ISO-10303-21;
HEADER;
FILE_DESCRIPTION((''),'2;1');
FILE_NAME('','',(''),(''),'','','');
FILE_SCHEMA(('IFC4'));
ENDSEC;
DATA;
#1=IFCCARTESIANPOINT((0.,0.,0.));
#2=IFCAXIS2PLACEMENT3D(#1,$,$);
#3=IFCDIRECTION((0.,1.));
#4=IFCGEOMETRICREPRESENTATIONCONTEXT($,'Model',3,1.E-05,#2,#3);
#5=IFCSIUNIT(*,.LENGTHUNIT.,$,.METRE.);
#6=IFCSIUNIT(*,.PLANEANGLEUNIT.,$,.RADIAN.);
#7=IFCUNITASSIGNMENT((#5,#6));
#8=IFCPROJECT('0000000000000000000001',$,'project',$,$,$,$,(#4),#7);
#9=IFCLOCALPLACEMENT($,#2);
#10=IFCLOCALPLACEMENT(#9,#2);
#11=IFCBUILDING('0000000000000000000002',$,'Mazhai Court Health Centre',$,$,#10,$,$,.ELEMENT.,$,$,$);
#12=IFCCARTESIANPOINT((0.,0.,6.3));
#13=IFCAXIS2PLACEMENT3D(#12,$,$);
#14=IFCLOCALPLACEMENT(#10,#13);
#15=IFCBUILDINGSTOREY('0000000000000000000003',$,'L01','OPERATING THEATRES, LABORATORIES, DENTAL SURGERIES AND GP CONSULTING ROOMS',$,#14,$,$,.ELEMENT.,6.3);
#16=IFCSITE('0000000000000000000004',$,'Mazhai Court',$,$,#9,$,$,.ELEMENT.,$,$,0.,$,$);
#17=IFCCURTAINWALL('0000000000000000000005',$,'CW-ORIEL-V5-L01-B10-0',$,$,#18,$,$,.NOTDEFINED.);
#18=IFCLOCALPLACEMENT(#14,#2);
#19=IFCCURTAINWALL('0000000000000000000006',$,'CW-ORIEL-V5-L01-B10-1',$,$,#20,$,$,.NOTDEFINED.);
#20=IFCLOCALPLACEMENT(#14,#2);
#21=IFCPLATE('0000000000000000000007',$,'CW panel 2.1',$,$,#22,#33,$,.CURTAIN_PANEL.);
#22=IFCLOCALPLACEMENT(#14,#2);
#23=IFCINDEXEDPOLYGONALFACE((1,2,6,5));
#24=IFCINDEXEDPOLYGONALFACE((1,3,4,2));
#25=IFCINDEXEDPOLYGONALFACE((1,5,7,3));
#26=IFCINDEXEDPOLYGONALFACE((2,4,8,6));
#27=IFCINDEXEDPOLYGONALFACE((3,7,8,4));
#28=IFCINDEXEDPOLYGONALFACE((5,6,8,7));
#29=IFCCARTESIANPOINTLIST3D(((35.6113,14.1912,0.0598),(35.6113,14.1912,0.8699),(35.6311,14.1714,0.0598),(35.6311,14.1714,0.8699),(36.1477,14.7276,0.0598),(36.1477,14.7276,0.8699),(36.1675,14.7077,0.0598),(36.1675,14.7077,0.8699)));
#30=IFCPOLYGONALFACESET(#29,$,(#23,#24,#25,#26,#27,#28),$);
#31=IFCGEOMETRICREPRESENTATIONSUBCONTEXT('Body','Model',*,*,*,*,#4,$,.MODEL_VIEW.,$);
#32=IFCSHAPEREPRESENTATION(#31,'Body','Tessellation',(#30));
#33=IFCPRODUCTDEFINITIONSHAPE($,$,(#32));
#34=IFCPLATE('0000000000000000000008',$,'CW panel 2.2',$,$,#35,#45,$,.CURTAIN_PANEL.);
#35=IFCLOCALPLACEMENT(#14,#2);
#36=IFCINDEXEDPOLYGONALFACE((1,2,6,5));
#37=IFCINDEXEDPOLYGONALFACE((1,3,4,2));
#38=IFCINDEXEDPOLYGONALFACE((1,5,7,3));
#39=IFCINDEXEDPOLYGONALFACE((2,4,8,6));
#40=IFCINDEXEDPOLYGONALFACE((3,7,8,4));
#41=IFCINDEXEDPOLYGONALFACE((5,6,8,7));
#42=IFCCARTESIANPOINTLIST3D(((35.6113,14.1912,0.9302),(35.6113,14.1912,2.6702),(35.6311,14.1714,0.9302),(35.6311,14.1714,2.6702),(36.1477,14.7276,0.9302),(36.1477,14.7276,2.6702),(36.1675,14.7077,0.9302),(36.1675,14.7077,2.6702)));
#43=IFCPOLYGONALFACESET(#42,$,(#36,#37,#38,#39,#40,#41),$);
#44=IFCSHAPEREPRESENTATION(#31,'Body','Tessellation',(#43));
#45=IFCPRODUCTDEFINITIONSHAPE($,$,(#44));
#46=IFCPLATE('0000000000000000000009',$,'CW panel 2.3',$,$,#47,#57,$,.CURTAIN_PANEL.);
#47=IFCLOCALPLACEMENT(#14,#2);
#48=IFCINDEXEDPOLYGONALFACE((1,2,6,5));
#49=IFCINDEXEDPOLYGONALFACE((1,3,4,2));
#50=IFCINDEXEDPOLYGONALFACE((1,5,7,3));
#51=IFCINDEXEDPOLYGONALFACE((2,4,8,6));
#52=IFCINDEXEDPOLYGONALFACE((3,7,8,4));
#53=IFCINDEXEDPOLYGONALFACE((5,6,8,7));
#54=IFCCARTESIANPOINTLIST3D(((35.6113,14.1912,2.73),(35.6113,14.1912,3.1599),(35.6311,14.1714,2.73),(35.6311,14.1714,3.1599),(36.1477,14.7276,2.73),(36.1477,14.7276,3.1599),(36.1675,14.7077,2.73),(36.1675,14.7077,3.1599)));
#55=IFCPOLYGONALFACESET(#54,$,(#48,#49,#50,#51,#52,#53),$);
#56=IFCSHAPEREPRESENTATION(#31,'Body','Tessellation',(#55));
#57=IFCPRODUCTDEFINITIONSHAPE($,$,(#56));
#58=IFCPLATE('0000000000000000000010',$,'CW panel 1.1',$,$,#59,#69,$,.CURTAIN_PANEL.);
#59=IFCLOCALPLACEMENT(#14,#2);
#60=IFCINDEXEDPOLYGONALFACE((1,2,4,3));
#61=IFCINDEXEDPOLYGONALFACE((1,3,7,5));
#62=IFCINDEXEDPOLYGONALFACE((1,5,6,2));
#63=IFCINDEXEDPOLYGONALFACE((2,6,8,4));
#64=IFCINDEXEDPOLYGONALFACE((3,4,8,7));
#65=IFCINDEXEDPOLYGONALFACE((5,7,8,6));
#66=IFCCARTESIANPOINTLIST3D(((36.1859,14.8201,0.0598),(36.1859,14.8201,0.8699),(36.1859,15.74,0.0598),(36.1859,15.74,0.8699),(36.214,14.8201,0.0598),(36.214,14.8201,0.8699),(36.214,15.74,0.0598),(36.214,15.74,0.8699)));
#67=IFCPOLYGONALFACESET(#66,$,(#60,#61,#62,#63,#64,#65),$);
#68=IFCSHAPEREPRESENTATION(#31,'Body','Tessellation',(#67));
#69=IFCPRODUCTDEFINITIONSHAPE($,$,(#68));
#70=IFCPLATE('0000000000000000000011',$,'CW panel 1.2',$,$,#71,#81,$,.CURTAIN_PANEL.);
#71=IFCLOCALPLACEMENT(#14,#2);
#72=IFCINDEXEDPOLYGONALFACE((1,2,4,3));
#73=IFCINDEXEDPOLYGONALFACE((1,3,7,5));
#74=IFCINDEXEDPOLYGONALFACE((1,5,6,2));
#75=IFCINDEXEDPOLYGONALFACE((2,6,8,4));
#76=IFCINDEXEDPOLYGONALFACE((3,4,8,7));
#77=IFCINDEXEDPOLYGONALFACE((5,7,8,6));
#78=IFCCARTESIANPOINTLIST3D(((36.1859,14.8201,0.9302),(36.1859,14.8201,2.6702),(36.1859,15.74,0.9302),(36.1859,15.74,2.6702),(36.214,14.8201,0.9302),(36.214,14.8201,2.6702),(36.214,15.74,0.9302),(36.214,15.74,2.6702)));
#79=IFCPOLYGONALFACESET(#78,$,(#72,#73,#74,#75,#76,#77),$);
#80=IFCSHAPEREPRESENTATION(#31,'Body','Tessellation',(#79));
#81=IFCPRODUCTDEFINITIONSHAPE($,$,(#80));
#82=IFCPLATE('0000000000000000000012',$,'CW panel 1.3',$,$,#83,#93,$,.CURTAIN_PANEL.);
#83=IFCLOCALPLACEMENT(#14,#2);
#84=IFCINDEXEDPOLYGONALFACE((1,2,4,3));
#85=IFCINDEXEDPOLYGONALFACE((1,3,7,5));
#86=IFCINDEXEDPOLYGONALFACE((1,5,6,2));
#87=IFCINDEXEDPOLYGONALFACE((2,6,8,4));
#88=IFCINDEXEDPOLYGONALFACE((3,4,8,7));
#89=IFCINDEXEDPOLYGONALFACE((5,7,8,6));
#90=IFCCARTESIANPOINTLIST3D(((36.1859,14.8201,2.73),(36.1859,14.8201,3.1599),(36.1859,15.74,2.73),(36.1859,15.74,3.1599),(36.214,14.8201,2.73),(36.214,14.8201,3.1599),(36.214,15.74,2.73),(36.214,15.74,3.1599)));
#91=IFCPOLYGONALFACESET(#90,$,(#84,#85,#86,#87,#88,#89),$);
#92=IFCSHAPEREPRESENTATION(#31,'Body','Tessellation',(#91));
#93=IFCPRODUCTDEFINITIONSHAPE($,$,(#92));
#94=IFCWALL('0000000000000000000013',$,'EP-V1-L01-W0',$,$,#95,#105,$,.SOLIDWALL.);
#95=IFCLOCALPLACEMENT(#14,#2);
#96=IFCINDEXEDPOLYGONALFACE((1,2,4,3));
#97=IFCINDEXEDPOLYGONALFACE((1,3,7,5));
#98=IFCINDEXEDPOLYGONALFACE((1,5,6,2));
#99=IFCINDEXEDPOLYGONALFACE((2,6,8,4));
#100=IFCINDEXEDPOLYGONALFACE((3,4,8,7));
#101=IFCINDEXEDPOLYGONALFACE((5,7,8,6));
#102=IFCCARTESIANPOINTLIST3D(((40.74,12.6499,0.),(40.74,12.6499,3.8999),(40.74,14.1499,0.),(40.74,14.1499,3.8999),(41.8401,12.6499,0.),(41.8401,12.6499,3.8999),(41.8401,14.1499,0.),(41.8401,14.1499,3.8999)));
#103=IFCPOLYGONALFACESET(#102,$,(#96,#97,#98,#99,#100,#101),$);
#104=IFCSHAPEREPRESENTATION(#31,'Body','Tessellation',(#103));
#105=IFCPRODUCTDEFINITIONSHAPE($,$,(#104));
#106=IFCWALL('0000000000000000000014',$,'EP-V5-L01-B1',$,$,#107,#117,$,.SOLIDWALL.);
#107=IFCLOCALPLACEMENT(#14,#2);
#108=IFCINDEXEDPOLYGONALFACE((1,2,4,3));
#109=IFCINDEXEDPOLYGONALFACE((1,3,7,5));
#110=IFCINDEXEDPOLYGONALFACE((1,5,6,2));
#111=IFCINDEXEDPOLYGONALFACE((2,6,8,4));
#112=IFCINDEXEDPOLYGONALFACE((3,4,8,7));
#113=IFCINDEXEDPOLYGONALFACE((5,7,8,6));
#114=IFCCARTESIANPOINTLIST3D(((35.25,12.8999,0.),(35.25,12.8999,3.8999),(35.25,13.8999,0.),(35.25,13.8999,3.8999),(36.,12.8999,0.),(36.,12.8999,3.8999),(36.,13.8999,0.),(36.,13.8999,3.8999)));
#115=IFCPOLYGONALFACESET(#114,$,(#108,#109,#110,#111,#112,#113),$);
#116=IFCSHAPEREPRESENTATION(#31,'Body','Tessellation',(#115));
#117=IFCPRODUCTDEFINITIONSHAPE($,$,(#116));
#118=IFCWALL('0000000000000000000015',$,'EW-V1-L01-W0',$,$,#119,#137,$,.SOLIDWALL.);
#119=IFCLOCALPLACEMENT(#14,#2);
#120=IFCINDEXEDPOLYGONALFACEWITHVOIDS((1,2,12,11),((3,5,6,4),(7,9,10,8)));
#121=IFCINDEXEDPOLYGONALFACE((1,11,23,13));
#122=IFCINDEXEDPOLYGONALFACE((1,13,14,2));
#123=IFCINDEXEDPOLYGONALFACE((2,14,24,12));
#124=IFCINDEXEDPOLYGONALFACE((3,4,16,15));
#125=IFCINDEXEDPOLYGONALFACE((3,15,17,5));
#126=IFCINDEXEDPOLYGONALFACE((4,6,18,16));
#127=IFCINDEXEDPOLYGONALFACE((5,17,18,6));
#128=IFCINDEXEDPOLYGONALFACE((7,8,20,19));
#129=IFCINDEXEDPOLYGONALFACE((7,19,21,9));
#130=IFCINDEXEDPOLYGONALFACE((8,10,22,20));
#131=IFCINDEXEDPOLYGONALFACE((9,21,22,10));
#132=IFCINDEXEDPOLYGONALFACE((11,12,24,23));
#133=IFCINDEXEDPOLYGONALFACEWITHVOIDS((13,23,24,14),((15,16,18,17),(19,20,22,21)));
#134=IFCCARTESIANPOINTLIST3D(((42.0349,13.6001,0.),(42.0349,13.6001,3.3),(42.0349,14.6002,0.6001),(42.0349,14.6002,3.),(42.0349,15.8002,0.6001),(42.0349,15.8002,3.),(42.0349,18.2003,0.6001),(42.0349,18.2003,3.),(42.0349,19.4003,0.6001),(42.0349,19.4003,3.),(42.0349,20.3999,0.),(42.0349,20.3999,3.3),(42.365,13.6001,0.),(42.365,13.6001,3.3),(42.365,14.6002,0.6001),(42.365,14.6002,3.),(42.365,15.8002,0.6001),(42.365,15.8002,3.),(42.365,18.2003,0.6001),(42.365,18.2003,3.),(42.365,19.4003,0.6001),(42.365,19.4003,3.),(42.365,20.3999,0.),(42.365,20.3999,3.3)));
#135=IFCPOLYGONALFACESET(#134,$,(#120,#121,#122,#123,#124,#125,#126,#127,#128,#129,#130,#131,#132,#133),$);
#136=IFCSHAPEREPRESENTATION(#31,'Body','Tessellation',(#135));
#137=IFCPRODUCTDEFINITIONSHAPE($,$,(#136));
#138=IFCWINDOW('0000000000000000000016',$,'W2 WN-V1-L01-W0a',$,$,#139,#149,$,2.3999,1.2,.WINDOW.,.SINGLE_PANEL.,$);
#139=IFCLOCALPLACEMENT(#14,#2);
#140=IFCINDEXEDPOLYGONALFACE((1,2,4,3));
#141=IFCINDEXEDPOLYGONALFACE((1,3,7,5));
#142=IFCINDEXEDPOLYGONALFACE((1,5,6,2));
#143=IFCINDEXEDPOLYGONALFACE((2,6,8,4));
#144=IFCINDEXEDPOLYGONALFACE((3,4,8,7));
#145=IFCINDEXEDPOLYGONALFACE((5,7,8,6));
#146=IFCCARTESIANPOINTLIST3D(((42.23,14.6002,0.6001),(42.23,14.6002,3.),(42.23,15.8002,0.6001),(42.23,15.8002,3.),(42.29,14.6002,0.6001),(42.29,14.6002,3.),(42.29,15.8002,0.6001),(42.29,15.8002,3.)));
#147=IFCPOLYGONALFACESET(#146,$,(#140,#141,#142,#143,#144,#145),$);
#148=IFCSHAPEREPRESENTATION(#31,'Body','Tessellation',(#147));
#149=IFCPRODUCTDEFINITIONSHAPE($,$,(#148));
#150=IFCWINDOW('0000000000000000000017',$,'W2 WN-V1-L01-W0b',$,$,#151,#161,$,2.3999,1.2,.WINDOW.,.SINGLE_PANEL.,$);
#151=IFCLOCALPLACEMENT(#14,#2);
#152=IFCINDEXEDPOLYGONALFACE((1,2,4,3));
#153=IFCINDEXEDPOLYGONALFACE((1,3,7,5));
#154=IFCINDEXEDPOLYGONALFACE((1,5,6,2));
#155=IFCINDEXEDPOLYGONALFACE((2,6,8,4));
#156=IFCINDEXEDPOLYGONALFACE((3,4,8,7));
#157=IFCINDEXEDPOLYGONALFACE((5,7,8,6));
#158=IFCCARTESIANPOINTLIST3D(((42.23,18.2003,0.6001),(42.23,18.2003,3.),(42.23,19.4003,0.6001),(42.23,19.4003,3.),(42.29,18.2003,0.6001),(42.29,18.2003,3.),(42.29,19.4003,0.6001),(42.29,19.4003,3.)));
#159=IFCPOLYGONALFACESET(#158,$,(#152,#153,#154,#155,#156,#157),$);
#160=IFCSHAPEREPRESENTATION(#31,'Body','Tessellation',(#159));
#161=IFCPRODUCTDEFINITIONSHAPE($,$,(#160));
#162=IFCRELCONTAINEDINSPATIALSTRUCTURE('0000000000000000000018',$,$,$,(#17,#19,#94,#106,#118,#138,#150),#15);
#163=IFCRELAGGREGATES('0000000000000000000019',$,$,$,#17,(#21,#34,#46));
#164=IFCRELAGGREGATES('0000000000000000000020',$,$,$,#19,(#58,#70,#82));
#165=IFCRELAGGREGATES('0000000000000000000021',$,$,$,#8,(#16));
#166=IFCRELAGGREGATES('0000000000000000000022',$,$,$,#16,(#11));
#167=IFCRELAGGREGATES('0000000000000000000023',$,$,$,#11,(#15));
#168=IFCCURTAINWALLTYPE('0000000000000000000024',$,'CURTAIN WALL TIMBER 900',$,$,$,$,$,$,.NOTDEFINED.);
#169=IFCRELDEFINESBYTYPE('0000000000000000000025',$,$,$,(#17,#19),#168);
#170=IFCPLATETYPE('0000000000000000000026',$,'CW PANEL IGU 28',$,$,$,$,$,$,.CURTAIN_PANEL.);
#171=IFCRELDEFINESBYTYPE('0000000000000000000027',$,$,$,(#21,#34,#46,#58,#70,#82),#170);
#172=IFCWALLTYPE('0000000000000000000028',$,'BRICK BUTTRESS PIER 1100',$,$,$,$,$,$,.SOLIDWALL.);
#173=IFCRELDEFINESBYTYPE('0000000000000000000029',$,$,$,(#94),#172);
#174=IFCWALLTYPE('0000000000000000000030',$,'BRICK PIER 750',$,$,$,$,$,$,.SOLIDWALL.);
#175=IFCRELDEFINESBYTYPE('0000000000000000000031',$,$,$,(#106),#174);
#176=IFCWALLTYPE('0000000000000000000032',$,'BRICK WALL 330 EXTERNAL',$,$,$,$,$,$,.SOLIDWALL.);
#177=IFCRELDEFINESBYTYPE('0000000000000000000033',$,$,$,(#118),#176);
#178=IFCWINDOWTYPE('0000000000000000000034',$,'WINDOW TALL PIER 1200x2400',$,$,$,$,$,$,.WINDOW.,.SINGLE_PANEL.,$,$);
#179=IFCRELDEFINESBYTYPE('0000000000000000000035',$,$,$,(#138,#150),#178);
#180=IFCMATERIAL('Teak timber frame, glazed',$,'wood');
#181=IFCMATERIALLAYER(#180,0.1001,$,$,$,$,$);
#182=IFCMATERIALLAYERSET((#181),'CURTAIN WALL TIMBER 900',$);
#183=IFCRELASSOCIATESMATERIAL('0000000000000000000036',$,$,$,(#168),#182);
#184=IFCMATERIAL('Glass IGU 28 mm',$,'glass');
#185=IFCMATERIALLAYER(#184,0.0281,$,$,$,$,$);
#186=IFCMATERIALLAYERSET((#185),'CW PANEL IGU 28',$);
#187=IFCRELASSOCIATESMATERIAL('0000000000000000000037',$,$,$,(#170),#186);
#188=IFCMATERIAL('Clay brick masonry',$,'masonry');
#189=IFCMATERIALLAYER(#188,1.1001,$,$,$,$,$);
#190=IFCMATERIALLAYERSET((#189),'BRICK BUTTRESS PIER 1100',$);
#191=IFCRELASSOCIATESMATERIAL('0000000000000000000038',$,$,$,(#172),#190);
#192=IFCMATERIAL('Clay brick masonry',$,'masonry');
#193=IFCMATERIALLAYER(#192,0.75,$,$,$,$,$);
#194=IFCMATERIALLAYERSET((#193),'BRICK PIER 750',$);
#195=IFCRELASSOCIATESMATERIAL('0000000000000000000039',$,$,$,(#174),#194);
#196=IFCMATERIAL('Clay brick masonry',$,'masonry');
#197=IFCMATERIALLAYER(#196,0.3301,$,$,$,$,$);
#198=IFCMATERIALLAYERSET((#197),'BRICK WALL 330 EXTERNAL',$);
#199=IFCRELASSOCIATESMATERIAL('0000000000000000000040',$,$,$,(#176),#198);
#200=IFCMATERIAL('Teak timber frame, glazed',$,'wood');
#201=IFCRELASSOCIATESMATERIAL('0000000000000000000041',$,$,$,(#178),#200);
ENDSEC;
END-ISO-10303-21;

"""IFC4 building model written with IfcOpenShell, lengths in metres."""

from ifc_helpers import new_model, si_unit, direction, frame, frame_2d, origin, origin_2d, place, context, subcontext, project, spatial, rectangle, extrude, material, layer, layer_set, type_object, element, fill, aggregate, save


model = new_model("IFC4")

# Units and contexts
model_context = context("Model", 3, precision=1e-05, world=origin(), true_north=direction((0.0, 1.0)))
body_context = subcontext(model_context, "Body", "Model", "MODEL_VIEW")
ifc_project = project(units=[si_unit("LENGTHUNIT", "METRE"), si_unit("PLANEANGLEUNIT", "RADIAN")], contexts=[model_context])

# Site, building, storey
site_placement = place(None, origin())
site = spatial("IfcSite", under=ifc_project, at=site_placement, Name="Mazhai Court", CompositionType="ELEMENT", RefElevation=0.0)
building_placement = place(site_placement, origin())
building = spatial("IfcBuilding", under=site, at=building_placement, Name="Mazhai Court Health Centre", CompositionType="ELEMENT")
storey_placement = place(building_placement, frame((0.0, 0.0, 6.3)))
storey = spatial("IfcBuildingStorey", under=building, at=storey_placement, Name="L01", Description="OPERATING THEATRES, LABORATORIES, DENTAL SURGERIES AND GP CONSULTING ROOMS", CompositionType="ELEMENT", Elevation=6.3)

# Curtain wall
ifc_material_1 = material(Name="Teak timber frame, glazed", Category="wood")
ifc_layer_1 = layer(ifc_material_1, 0.1001)
ifc_layer_set_1 = layer_set([ifc_layer_1], Name="CURTAIN WALL TIMBER 900")
curtain_wall_type = type_object("IfcCurtainWallType", Name="CURTAIN WALL TIMBER 900", PredefinedType="NOTDEFINED", material=ifc_layer_set_1)
curtain_wall_1_placement = place(storey_placement, origin())
curtain_wall_1 = element("IfcCurtainWall", 1, at=curtain_wall_1_placement, inside=storey, type_object=curtain_wall_type, Name="CW-ORIEL-V5-L01-B10-0", PredefinedType="NOTDEFINED")

# Curtain wall
curtain_wall_2_placement = place(storey_placement, origin())
curtain_wall_2 = element("IfcCurtainWall", 2, at=curtain_wall_2_placement, inside=storey, type_object=curtain_wall_type, Name="CW-ORIEL-V5-L01-B10-1", PredefinedType="NOTDEFINED")

# Plates
ifc_material_2 = material(Name="Glass IGU 28 mm", Category="glass")
ifc_layer_2 = layer(ifc_material_2, 0.0281)
ifc_layer_set_2 = layer_set([ifc_layer_2], Name="CW PANEL IGU 28")
plate_type = type_object("IfcPlateType", Name="CW PANEL IGU 28", PredefinedType="CURTAIN_PANEL", material=ifc_layer_set_2)
plate_1_placement = place(storey_placement, frame((35.8894, 14.4495, 0.0598), z_axis=(0.0, 0.0, 1.0), x_axis=(0.707107, 0.707107, 0.0)))
plate_1 = element("IfcPlate", 3, at=plate_1_placement, type_object=plate_type, Name="CW panel 2.1", PredefinedType="CURTAIN_PANEL", context=body_context, shape_type="SweptSolid", body=[
    extrude(rectangle(XDim=0.7585, YDim=0.0281, at=origin_2d()), origin(), (0.0, 0.0, 1.0), 0.8101),
])
plate_2_placement = place(storey_placement, frame((35.8894, 14.4495, 0.9302), z_axis=(0.0, 0.0, 1.0), x_axis=(0.707107, 0.707107, 0.0)))
plate_2 = element("IfcPlate", 4, at=plate_2_placement, type_object=plate_type, Name="CW panel 2.2", PredefinedType="CURTAIN_PANEL", context=body_context, shape_type="SweptSolid", body=[
    extrude(rectangle(XDim=0.7585, YDim=0.0281, at=origin_2d()), origin(), (0.0, 0.0, 1.0), 1.74),
])
plate_3_placement = place(storey_placement, frame((35.8894, 14.4495, 2.73), z_axis=(0.0, 0.0, 1.0), x_axis=(0.707107, 0.707107, 0.0)))
plate_3 = element("IfcPlate", 5, at=plate_3_placement, type_object=plate_type, Name="CW panel 2.3", PredefinedType="CURTAIN_PANEL", context=body_context, shape_type="SweptSolid", body=[
    extrude(rectangle(XDim=0.7585, YDim=0.0281, at=origin_2d()), origin(), (0.0, 0.0, 1.0), 0.4299),
])
aggregate(curtain_wall_1, [plate_1, plate_2, plate_3])
plate_4_placement = place(storey_placement, frame((36.2, 15.28, 0.0598), z_axis=(0.0, 0.0, 1.0), x_axis=(0.0, 1.0, 0.0)))
plate_4 = element("IfcPlate", 6, at=plate_4_placement, type_object=plate_type, Name="CW panel 1.1", PredefinedType="CURTAIN_PANEL", context=body_context, shape_type="SweptSolid", body=[
    extrude(rectangle(XDim=0.9199, YDim=0.0281, at=origin_2d()), origin(), (0.0, 0.0, 1.0), 0.8101),
])
plate_5_placement = place(storey_placement, frame((36.2, 15.28, 0.9302), z_axis=(0.0, 0.0, 1.0), x_axis=(0.0, 1.0, 0.0)))
plate_5 = element("IfcPlate", 7, at=plate_5_placement, type_object=plate_type, Name="CW panel 1.2", PredefinedType="CURTAIN_PANEL", context=body_context, shape_type="SweptSolid", body=[
    extrude(rectangle(XDim=0.9199, YDim=0.0281, at=origin_2d()), origin(), (0.0, 0.0, 1.0), 1.74),
])
plate_6_placement = place(storey_placement, frame((36.2, 15.28, 2.73), z_axis=(0.0, 0.0, 1.0), x_axis=(0.0, 1.0, 0.0)))
plate_6 = element("IfcPlate", 8, at=plate_6_placement, type_object=plate_type, Name="CW panel 1.3", PredefinedType="CURTAIN_PANEL", context=body_context, shape_type="SweptSolid", body=[
    extrude(rectangle(XDim=0.9199, YDim=0.0281, at=origin_2d()), origin(), (0.0, 0.0, 1.0), 0.4299),
])
aggregate(curtain_wall_2, [plate_4, plate_5, plate_6])

# Walls
ifc_material_3 = material(Name="Clay brick masonry", Category="masonry")
ifc_layer_3 = layer(ifc_material_3, 1.1001)
ifc_layer_set_3 = layer_set([ifc_layer_3], Name="BRICK BUTTRESS PIER 1100")
wall_type_1 = type_object("IfcWallType", Name="BRICK BUTTRESS PIER 1100", PredefinedType="SOLIDWALL", material=ifc_layer_set_3)
wall_1_placement = place(storey_placement, frame((41.29, 12.6499, 0.0), z_axis=(0.0, 0.0, 1.0), x_axis=(0.0, 1.0, 0.0)))
element("IfcWall", 9, at=wall_1_placement, inside=storey, type_object=wall_type_1, Name="EP-V1-L01-W0", PredefinedType="SOLIDWALL", context=body_context, shape_type="SweptSolid", body=[
    extrude(rectangle(XDim=1.5, YDim=1.1001, at=frame_2d((0.75, 0.0))), origin(), (0.0, 0.0, 1.0), 3.8999),
])
ifc_material_4 = material(Name="Clay brick masonry", Category="masonry")
ifc_layer_4 = layer(ifc_material_4, 0.75)
ifc_layer_set_4 = layer_set([ifc_layer_4], Name="BRICK PIER 750")
wall_type_2 = type_object("IfcWallType", Name="BRICK PIER 750", PredefinedType="SOLIDWALL", material=ifc_layer_set_4)
wall_2_placement = place(storey_placement, frame((35.625, 13.8999, 0.0), z_axis=(0.0, 0.0, 1.0), x_axis=(0.0, -1.0, 0.0)))
element("IfcWall", 10, at=wall_2_placement, inside=storey, type_object=wall_type_2, Name="EP-V5-L01-B1", PredefinedType="SOLIDWALL", context=body_context, shape_type="SweptSolid", body=[
    extrude(rectangle(XDim=1.0, YDim=0.75, at=frame_2d((0.5, 0.0))), origin(), (0.0, 0.0, 1.0), 3.8999),
])

# Wall, openings, windows
ifc_material_5 = material(Name="Clay brick masonry", Category="masonry")
ifc_layer_5 = layer(ifc_material_5, 0.3301)
ifc_layer_set_5 = layer_set([ifc_layer_5], Name="BRICK WALL 330 EXTERNAL")
wall_type_3 = type_object("IfcWallType", Name="BRICK WALL 330 EXTERNAL", PredefinedType="SOLIDWALL", material=ifc_layer_set_5)
wall_3_placement = place(storey_placement, frame((42.2, 13.6001, 0.0), z_axis=(0.0, 0.0, 1.0), x_axis=(0.0, 1.0, 0.0)))
wall_3 = element("IfcWall", 11, at=wall_3_placement, inside=storey, type_object=wall_type_3, Name="EW-V1-L01-W0", PredefinedType="SOLIDWALL", context=body_context, shape_type="SweptSolid", body=[
    extrude(rectangle(XDim=6.7998, YDim=0.3301, at=frame_2d((3.3999, 0.0))), origin(), (0.0, 0.0, 1.0), 3.3),
])
opening_1_placement = place(wall_3_placement, frame((1.0, 0.0, 0.6001)))
opening_1 = element("IfcOpeningElement", 12, at=opening_1_placement, cuts=wall_3, PredefinedType="OPENING", context=body_context, shape_type="SweptSolid", body=[
    extrude(rectangle(XDim=1.2, YDim=2.3999, at=frame_2d((0.6001, 1.2))), frame((0.0, 0.175, 0.0), z_axis=(0.0, -1.0, 0.0), x_axis=(1.0, 0.0, 0.0)), (0.0, 0.0, 1.0), 0.3501),
])
opening_2_placement = place(wall_3_placement, frame((4.6001, 0.0, 0.6001)))
opening_2 = element("IfcOpeningElement", 13, at=opening_2_placement, cuts=wall_3, PredefinedType="OPENING", context=body_context, shape_type="SweptSolid", body=[
    extrude(rectangle(XDim=1.2, YDim=2.3999, at=frame_2d((0.6001, 1.2))), frame((0.0, 0.175, 0.0), z_axis=(0.0, -1.0, 0.0), x_axis=(1.0, 0.0, 0.0)), (0.0, 0.0, 1.0), 0.3501),
])
ifc_material_6 = material(Name="Teak timber frame, glazed", Category="wood")
window_type = type_object("IfcWindowType", Name="WINDOW TALL PIER 1200x2400", PartitioningType="SINGLE_PANEL", PredefinedType="WINDOW", material=ifc_material_6)
window_1_placement = place(opening_1_placement, origin())
window_1 = element("IfcWindow", 14, at=window_1_placement, inside=storey, type_object=window_type, Name="W2 WN-V1-L01-W0a", OverallHeight=2.3999, OverallWidth=1.2, PartitioningType="SINGLE_PANEL", PredefinedType="WINDOW", context=body_context, shape_type="SweptSolid", body=[
    extrude(rectangle(XDim=1.2, YDim=2.3999, at=frame_2d((0.6001, 1.2))), frame((0.0, -0.03, 0.0), z_axis=(0.0, -1.0, 0.0), x_axis=(1.0, 0.0, 0.0)), (0.0, 0.0, 1.0), 0.0601),
])
fill(opening_1, window_1)
window_2_placement = place(opening_2_placement, origin())
window_2 = element("IfcWindow", 15, at=window_2_placement, inside=storey, type_object=window_type, Name="W2 WN-V1-L01-W0b", OverallHeight=2.3999, OverallWidth=1.2, PartitioningType="SINGLE_PANEL", PredefinedType="WINDOW", context=body_context, shape_type="SweptSolid", body=[
    extrude(rectangle(XDim=1.2, YDim=2.3999, at=frame_2d((0.6001, 1.2))), frame((0.0, -0.03, 0.0), z_axis=(0.0, -1.0, 0.0), x_axis=(1.0, 0.0, 0.0)), (0.0, 0.0, 1.0), 0.0601),
])
fill(opening_2, window_2)

save(model, "model.ifc")
